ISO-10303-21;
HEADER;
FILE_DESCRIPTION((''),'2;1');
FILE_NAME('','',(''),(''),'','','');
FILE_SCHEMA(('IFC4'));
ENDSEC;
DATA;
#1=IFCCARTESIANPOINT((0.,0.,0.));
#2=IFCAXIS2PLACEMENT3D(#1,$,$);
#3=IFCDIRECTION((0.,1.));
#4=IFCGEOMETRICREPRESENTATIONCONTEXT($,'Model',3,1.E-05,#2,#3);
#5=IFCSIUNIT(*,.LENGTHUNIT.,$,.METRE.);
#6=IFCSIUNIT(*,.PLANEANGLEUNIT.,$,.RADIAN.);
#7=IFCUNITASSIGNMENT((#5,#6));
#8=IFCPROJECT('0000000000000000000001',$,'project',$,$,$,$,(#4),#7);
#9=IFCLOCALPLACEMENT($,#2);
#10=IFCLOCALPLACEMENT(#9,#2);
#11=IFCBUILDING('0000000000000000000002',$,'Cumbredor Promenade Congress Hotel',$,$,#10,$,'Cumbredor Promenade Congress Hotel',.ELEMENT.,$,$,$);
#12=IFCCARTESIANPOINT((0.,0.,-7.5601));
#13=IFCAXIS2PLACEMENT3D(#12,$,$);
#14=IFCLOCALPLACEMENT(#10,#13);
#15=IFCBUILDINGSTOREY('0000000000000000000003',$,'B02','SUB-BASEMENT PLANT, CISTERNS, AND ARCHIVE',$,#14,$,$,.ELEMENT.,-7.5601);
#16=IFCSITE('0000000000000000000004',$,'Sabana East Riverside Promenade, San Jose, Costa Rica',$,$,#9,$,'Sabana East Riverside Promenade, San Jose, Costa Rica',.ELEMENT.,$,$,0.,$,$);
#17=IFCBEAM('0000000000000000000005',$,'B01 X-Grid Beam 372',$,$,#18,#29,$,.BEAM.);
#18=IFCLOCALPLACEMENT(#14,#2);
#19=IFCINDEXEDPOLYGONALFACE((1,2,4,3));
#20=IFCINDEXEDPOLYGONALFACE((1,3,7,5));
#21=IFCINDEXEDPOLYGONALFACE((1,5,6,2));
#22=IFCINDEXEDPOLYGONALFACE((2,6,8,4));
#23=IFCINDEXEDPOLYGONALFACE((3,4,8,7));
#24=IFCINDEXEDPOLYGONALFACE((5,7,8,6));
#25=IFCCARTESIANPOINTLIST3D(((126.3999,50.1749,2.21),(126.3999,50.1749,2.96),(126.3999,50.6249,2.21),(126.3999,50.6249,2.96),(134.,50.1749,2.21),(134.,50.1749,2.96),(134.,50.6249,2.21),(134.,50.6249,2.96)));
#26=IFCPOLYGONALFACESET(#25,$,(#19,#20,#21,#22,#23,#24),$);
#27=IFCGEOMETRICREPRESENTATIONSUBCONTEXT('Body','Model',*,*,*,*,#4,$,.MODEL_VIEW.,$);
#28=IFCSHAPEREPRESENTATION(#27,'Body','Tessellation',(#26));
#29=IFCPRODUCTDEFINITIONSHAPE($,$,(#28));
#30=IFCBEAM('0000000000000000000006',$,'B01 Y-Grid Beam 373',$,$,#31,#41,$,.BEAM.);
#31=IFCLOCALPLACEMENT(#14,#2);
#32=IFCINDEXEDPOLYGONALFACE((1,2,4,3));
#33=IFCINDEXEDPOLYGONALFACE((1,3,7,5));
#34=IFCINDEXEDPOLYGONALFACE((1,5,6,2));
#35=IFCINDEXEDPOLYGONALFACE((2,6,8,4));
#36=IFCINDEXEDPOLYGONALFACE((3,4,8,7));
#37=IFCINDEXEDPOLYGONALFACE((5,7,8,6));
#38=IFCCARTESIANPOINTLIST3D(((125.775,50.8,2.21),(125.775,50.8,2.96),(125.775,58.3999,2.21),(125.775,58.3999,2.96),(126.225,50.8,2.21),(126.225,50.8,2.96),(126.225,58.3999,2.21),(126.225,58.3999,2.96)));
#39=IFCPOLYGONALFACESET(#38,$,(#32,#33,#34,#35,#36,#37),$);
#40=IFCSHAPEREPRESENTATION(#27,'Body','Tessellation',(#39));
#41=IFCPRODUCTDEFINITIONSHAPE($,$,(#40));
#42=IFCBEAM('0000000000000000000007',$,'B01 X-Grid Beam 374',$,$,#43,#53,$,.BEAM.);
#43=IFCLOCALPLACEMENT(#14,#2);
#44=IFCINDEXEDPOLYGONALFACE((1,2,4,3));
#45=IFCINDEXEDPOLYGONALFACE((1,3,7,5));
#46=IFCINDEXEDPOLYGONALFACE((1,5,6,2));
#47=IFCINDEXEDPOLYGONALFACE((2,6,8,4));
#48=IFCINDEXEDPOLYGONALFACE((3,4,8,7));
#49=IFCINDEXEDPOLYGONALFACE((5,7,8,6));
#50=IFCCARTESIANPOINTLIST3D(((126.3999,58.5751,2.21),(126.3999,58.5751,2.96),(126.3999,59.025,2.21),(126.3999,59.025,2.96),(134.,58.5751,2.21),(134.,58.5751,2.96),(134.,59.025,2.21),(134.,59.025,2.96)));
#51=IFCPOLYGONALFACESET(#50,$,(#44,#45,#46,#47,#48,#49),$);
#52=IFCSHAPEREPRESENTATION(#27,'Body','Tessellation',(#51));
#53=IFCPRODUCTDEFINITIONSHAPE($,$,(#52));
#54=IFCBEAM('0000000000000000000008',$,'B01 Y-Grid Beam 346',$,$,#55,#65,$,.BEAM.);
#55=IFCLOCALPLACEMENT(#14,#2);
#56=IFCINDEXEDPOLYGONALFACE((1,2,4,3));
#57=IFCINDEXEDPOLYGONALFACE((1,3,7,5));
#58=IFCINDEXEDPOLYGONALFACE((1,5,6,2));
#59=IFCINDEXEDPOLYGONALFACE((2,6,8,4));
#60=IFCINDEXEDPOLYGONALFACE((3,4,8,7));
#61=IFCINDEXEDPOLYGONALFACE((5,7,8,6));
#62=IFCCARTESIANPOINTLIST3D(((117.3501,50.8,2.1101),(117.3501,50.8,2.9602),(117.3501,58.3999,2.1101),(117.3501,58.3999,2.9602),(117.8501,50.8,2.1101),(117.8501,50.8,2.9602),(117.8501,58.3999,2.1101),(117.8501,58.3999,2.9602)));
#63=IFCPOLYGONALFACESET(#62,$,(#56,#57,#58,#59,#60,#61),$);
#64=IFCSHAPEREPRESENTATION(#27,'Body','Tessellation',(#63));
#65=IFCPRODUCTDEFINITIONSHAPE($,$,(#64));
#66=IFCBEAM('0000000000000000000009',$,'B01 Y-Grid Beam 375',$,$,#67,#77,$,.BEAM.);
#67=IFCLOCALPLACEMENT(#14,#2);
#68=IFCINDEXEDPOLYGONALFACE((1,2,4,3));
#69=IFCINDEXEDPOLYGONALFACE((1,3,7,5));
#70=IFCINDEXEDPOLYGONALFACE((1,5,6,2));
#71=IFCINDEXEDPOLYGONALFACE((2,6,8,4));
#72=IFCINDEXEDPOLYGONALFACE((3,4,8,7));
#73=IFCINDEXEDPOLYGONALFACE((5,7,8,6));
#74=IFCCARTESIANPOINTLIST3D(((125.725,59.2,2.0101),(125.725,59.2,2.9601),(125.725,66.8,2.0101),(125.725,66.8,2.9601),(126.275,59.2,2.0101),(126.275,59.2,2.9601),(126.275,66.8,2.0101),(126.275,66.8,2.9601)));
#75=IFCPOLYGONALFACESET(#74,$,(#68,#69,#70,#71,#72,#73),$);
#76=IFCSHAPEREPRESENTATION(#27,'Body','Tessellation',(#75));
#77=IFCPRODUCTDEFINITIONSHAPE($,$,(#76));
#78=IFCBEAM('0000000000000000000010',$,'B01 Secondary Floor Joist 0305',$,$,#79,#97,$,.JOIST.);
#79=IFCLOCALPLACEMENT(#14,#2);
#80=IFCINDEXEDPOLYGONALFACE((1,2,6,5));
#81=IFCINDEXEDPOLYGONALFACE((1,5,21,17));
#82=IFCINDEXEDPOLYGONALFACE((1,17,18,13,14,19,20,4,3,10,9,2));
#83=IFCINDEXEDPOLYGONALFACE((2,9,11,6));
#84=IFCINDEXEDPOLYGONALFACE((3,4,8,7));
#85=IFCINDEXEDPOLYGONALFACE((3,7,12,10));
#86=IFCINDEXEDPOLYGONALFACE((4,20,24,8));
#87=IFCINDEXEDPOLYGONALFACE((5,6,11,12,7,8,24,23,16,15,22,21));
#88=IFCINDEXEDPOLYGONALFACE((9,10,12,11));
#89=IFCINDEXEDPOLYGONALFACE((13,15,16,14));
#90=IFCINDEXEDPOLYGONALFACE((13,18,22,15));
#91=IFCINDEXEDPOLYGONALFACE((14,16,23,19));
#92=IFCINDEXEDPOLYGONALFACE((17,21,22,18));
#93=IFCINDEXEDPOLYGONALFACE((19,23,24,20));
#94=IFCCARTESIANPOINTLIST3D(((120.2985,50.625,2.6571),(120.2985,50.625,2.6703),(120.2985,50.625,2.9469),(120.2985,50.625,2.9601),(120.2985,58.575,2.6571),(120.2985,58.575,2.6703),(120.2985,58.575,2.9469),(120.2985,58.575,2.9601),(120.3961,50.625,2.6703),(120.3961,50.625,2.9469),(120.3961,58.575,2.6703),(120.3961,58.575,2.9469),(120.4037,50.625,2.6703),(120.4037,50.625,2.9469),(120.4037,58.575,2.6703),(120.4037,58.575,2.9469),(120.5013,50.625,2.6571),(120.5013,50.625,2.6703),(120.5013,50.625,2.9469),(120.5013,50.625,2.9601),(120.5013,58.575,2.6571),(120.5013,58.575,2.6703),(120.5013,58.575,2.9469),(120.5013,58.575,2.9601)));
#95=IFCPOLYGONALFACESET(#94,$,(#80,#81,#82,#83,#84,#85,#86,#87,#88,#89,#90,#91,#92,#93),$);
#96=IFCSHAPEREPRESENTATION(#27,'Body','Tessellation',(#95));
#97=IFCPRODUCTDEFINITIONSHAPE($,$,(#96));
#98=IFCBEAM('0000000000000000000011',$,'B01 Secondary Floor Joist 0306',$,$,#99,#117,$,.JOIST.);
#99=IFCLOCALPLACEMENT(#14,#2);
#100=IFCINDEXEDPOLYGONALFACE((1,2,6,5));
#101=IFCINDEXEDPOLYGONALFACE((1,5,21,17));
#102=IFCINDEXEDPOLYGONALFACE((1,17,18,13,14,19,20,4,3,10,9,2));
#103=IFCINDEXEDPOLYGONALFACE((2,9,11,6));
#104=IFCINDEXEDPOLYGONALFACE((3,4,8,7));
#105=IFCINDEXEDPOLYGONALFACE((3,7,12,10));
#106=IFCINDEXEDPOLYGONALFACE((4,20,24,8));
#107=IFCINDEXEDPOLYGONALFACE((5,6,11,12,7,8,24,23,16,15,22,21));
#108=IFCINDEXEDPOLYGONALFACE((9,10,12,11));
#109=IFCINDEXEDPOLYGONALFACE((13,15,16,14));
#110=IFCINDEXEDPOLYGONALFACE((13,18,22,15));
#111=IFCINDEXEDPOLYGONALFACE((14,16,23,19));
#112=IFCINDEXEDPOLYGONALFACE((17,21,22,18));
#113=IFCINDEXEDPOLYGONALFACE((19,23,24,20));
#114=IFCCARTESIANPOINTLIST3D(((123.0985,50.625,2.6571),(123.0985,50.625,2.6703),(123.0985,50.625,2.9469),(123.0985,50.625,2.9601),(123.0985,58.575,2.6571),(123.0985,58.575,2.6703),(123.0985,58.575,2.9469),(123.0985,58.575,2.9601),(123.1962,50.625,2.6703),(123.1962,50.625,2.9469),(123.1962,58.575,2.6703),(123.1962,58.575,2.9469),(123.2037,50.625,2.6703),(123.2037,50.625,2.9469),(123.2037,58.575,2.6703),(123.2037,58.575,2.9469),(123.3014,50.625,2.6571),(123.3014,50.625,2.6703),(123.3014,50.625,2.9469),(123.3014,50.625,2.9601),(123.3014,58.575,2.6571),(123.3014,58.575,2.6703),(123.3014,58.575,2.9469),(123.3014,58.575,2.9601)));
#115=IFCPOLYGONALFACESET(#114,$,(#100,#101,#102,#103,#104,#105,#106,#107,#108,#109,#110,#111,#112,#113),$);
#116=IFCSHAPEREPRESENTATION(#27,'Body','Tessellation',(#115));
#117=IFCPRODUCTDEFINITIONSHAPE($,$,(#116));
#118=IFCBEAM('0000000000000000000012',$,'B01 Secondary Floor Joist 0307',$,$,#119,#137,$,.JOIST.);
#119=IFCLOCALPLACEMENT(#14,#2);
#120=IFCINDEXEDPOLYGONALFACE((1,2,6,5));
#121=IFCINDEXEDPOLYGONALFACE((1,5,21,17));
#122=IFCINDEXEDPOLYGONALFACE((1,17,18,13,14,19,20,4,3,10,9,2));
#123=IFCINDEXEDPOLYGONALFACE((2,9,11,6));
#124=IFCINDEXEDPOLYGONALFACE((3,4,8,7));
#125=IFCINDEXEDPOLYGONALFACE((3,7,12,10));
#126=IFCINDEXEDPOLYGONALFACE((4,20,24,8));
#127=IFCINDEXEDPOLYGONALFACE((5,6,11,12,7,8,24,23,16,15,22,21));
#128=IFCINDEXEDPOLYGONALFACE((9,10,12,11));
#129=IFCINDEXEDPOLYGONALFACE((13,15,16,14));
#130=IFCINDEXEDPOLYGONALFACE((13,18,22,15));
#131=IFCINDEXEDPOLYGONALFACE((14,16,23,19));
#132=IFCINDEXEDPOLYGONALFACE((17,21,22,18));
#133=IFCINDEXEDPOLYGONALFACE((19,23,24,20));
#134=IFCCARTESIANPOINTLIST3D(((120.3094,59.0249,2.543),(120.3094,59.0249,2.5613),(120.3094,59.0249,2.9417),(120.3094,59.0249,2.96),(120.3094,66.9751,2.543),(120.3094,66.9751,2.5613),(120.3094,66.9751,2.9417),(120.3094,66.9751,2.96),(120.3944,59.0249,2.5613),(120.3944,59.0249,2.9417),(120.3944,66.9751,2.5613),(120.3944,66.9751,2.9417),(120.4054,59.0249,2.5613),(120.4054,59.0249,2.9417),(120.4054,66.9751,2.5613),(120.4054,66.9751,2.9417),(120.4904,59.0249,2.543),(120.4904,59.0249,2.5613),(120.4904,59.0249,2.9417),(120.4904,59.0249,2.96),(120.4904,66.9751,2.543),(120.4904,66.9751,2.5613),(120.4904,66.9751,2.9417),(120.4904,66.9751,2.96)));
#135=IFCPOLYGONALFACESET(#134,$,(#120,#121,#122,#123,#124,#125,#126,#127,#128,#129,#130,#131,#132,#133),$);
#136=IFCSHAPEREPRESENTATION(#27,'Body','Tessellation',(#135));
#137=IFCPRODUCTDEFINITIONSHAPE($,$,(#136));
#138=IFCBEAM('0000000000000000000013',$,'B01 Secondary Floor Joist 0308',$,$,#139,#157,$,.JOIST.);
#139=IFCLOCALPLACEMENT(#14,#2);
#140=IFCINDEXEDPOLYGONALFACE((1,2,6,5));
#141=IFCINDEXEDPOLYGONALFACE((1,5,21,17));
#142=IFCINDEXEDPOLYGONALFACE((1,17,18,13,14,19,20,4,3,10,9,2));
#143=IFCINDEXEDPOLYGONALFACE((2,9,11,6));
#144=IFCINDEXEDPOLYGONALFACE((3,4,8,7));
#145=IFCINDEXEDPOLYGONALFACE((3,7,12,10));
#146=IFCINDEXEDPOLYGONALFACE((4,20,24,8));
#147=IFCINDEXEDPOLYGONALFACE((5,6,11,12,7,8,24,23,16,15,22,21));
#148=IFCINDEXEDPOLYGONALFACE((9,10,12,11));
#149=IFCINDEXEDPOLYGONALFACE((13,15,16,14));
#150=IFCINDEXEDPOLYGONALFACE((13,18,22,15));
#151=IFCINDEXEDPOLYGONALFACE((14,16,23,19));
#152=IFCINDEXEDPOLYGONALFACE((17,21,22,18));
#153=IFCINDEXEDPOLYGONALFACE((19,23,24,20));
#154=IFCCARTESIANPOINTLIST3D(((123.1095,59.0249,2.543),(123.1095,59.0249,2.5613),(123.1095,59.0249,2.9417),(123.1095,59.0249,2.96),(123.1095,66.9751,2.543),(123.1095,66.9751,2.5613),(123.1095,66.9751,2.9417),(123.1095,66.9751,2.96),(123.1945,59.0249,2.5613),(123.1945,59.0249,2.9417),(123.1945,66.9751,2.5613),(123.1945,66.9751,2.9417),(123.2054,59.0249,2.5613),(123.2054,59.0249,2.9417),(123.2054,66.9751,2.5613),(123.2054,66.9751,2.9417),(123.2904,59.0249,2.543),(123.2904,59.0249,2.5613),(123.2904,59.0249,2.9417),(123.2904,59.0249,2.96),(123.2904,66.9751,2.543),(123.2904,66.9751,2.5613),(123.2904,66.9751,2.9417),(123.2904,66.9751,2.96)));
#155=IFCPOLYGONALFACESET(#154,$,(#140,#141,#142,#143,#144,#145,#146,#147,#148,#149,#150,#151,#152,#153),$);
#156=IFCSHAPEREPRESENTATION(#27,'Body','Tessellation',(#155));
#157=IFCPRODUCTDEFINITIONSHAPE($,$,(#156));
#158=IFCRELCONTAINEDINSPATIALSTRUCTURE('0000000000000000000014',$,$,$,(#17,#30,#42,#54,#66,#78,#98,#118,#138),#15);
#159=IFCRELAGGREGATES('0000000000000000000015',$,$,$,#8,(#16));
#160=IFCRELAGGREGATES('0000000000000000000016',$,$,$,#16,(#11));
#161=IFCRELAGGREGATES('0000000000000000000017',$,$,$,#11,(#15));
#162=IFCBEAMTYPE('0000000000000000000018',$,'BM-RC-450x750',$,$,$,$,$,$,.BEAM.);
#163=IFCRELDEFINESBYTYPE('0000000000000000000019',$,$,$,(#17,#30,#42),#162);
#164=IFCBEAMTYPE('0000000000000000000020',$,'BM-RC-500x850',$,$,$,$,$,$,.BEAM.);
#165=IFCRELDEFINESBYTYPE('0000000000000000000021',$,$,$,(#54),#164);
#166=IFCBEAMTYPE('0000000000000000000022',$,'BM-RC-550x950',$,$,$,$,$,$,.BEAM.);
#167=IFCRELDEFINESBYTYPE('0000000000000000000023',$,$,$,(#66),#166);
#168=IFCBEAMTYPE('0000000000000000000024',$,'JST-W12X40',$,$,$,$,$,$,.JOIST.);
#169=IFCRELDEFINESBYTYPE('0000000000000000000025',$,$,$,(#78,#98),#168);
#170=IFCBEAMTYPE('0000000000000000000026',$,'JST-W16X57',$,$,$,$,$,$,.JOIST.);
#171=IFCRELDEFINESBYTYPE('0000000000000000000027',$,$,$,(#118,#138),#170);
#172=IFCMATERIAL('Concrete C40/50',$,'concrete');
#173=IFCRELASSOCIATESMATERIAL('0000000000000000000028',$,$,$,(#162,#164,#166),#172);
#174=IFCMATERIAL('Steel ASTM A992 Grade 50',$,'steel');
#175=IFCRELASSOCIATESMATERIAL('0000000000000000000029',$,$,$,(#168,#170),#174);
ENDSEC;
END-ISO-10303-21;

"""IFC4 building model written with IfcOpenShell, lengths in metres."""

from ifc_helpers import new_model, si_unit, direction, frame, origin, origin_2d, place, context, subcontext, project, spatial, rectangle, i_section, extrude, material, material_profile, profile_set, type_object, element, save


model = new_model("IFC4")

# Units and contexts
model_context = context("Model", 3, precision=1e-05, world=origin(), true_north=direction((0.0, 1.0)))
body_context = subcontext(model_context, "Body", "Model", "MODEL_VIEW")
ifc_project = project(units=[si_unit("LENGTHUNIT", "METRE"), si_unit("PLANEANGLEUNIT", "RADIAN")], contexts=[model_context])

# Site, building, storey
site_placement = place(None, origin())
site = spatial("IfcSite", under=ifc_project, at=site_placement, Name="Sabana East Riverside Promenade, San Jose, Costa Rica", LongName="Sabana East Riverside Promenade, San Jose, Costa Rica", CompositionType="ELEMENT", RefElevation=0.0)
building_placement = place(site_placement, origin())
building = spatial("IfcBuilding", under=site, at=building_placement, Name="Cumbredor Promenade Congress Hotel", LongName="Cumbredor Promenade Congress Hotel", CompositionType="ELEMENT")
storey_placement = place(building_placement, frame((0.0, 0.0, -7.5601)))
storey = spatial("IfcBuildingStorey", under=building, at=storey_placement, Name="B02", Description="SUB-BASEMENT PLANT, CISTERNS, AND ARCHIVE", CompositionType="ELEMENT", Elevation=-7.5601)

# Shared definitions
ifc_material_1 = material(Name="Concrete C40/50", Category="concrete")

# Beams
ifc_material_profile_1 = material_profile(ifc_material_1, rectangle(XDim=0.45, YDim=0.75, at=origin_2d()), Name="RC BEAM 450x750")
ifc_profile_set_1 = profile_set([ifc_material_profile_1], Name="Concrete C40/50")
beam_type_1 = type_object("IfcBeamType", Name="BM-RC-450x750", PredefinedType="BEAM", material=ifc_profile_set_1)
for number, where, z_axis, x_axis, name in (
    (1, (126.3999, 50.3999, 2.585), (1.0, 0.0, 0.0), (0.0, 1.0, 0.0), "B01 X-Grid Beam 372"),
):
    element("IfcBeam", number, at=place(storey_placement, frame(where, z_axis=z_axis, x_axis=x_axis)), inside=storey, type_object=beam_type_1, Name=name, PredefinedType="BEAM", context=body_context, shape_type="SweptSolid", body=[
        extrude(rectangle(XDim=0.45, YDim=0.75, at=origin_2d()), origin(), (0.0, 0.0, 1.0), 7.6001),
    ])
beam_1_placement = place(storey_placement, frame((126.0, 50.8, 2.585), z_axis=(0.0, 1.0, 0.0), x_axis=(-1.0, 0.0, 0.0)))
element("IfcBeam", 2, at=beam_1_placement, inside=storey, type_object=beam_type_1, Name="B01 Y-Grid Beam 373", PredefinedType="BEAM", context=body_context, shape_type="SweptSolid", body=[
    extrude(rectangle(XDim=0.45, YDim=0.75, at=origin_2d()), origin(), (0.0, 0.0, 1.0), 7.5999),
])
beam_2_placement = place(storey_placement, frame((126.3999, 58.8, 2.585), z_axis=(1.0, 0.0, 0.0), x_axis=(0.0, 1.0, 0.0)))
element("IfcBeam", 3, at=beam_2_placement, inside=storey, type_object=beam_type_1, Name="B01 X-Grid Beam 374", PredefinedType="BEAM", context=body_context, shape_type="SweptSolid", body=[
    extrude(rectangle(XDim=0.45, YDim=0.75, at=origin_2d()), origin(), (0.0, 0.0, 1.0), 7.6001),
])
ifc_material_profile_2 = material_profile(ifc_material_1, rectangle(XDim=0.5, YDim=0.8501, at=origin_2d()), Name="RC BEAM 500x850")
ifc_profile_set_2 = profile_set([ifc_material_profile_2], Name="Concrete C40/50")
beam_type_2 = type_object("IfcBeamType", Name="BM-RC-500x850", PredefinedType="BEAM", material=ifc_profile_set_2)
beam_3_placement = place(storey_placement, frame((117.6001, 50.8, 2.5352), z_axis=(0.0, 1.0, 0.0), x_axis=(-1.0, 0.0, 0.0)))
element("IfcBeam", 4, at=beam_3_placement, inside=storey, type_object=beam_type_2, Name="B01 Y-Grid Beam 346", PredefinedType="BEAM", context=body_context, shape_type="SweptSolid", body=[
    extrude(rectangle(XDim=0.5, YDim=0.8501, at=origin_2d()), origin(), (0.0, 0.0, 1.0), 7.5999),
])
ifc_material_profile_3 = material_profile(ifc_material_1, rectangle(XDim=0.55, YDim=0.95, at=origin_2d()), Name="RC BEAM 550x950")
ifc_profile_set_3 = profile_set([ifc_material_profile_3], Name="Concrete C40/50")
beam_type_3 = type_object("IfcBeamType", Name="BM-RC-550x950", PredefinedType="BEAM", material=ifc_profile_set_3)
beam_4_placement = place(storey_placement, frame((126.0, 59.2, 2.4851), z_axis=(0.0, 1.0, 0.0), x_axis=(-1.0, 0.0, 0.0)))
element("IfcBeam", 5, at=beam_4_placement, inside=storey, type_object=beam_type_3, Name="B01 Y-Grid Beam 375", PredefinedType="BEAM", context=body_context, shape_type="SweptSolid", body=[
    extrude(rectangle(XDim=0.55, YDim=0.95, at=origin_2d()), origin(), (0.0, 0.0, 1.0), 7.6001),
])
ifc_material_2 = material(Name="Steel ASTM A992 Grade 50", Category="steel")
ifc_material_profile_4 = material_profile(ifc_material_2, i_section(OverallWidth=0.2029, OverallDepth=0.303, WebThickness=0.0076, FlangeThickness=0.0132, at=origin_2d()), Name="W12X40")
ifc_profile_set_4 = profile_set([ifc_material_profile_4], Name="Steel ASTM A992 Grade 50")
beam_type_4 = type_object("IfcBeamType", Name="JST-W12X40", PredefinedType="JOIST", material=ifc_profile_set_4)
for number, where, z_axis, x_axis, name in (
    (6, (120.3999, 50.625, 2.8086), (0.0, 1.0, 0.0), (-1.0, 0.0, 0.0), "B01 Secondary Floor Joist 0305"),
    (7, (123.2, 50.625, 2.8086), (0.0, 1.0, 0.0), (-1.0, 0.0, 0.0), "B01 Secondary Floor Joist 0306"),
):
    element("IfcBeam", number, at=place(storey_placement, frame(where, z_axis=z_axis, x_axis=x_axis)), inside=storey, type_object=beam_type_4, Name=name, PredefinedType="JOIST", context=body_context, shape_type="SweptSolid", body=[
        extrude(i_section(OverallWidth=0.2029, OverallDepth=0.303, WebThickness=0.0076, FlangeThickness=0.0132, at=origin_2d()), origin(), (0.0, 0.0, 1.0), 7.95),
    ])
ifc_material_profile_5 = material_profile(ifc_material_2, i_section(OverallWidth=0.1809, OverallDepth=0.417, WebThickness=0.011, FlangeThickness=0.0183, at=origin_2d()), Name="W16X57")
ifc_profile_set_5 = profile_set([ifc_material_profile_5], Name="Steel ASTM A992 Grade 50")
beam_type_5 = type_object("IfcBeamType", Name="JST-W16X57", PredefinedType="JOIST", material=ifc_profile_set_5)
for number, where, z_axis, x_axis, name in (
    (8, (120.3999, 59.0249, 2.7515), (0.0, 1.0, 0.0), (-1.0, 0.0, 0.0), "B01 Secondary Floor Joist 0307"),
    (9, (123.2, 59.0249, 2.7515), (0.0, 1.0, 0.0), (-1.0, 0.0, 0.0), "B01 Secondary Floor Joist 0308"),
):
    element("IfcBeam", number, at=place(storey_placement, frame(where, z_axis=z_axis, x_axis=x_axis)), inside=storey, type_object=beam_type_5, Name=name, PredefinedType="JOIST", context=body_context, shape_type="SweptSolid", body=[
        extrude(i_section(OverallWidth=0.1809, OverallDepth=0.417, WebThickness=0.011, FlangeThickness=0.0183, at=origin_2d()), origin(), (0.0, 0.0, 1.0), 7.9502),
    ])

save(model, "model.ifc")
